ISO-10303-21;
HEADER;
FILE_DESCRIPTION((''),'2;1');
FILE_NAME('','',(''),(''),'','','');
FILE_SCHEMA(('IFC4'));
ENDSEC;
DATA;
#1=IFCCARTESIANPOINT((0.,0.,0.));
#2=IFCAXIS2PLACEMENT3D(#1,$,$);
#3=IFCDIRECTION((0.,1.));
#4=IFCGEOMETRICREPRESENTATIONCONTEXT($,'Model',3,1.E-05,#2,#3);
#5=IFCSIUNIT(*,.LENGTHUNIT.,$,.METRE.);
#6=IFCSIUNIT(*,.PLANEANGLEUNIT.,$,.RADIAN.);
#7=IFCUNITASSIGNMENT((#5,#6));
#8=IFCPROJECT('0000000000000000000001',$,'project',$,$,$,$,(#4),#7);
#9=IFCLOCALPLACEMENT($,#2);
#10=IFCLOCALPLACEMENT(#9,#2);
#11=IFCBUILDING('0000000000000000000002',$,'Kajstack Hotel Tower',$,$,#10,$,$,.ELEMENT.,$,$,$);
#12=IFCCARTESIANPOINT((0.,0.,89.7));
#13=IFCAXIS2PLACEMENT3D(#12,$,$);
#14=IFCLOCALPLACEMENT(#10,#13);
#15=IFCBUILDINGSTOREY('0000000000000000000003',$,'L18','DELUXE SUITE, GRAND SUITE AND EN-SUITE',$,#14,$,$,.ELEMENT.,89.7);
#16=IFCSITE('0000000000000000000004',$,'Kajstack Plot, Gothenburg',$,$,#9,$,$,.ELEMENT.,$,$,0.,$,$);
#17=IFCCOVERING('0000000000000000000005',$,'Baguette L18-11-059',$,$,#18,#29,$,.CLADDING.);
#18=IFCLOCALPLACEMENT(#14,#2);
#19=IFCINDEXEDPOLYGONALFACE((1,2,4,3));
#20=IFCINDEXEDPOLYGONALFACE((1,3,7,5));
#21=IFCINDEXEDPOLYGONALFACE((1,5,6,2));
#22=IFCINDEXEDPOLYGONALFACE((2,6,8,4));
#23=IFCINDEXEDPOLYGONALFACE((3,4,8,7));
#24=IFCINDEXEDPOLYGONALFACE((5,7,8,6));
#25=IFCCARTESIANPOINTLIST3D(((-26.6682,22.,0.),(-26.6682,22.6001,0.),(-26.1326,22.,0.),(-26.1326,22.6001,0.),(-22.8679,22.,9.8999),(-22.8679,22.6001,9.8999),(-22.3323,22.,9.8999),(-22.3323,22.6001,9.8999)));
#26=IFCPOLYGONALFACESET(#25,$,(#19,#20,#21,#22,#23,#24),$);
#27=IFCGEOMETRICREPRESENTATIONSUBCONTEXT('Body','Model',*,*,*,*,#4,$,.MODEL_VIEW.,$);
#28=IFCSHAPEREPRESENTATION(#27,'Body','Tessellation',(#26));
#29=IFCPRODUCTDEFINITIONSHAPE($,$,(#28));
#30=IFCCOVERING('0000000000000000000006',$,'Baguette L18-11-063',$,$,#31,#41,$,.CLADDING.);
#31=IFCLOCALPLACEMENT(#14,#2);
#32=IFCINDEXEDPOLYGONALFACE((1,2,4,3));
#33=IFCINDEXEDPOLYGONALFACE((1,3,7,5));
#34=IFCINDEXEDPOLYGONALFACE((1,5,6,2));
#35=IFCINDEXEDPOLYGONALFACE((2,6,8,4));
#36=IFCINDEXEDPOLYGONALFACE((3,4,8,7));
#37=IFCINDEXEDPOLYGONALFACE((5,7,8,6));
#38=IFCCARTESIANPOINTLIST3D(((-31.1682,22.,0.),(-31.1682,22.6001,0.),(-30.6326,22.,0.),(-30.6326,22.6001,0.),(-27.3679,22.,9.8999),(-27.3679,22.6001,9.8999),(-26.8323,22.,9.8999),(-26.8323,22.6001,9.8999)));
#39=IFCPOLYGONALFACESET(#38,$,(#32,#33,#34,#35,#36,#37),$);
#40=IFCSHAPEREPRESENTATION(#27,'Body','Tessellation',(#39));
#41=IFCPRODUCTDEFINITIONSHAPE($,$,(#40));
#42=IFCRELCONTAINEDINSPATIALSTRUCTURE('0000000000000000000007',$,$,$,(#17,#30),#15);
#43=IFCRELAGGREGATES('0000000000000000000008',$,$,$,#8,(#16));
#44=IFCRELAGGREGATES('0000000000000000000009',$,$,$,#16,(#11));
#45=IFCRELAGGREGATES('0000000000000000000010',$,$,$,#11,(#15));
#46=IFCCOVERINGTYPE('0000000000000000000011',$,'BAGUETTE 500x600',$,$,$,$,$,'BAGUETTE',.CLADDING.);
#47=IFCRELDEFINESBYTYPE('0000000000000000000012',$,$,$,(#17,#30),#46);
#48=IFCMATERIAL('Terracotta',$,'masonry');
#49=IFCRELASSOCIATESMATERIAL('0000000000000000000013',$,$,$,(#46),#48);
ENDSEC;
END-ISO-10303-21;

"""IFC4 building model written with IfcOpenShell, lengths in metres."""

from ifc_helpers import new_model, si_unit, direction, frame, origin, origin_2d, place, context, subcontext, project, spatial, polyline, rectangle, outline, extrude, material, material_profile, profile_set, type_object, element, save


model = new_model("IFC4")

# Units and contexts
model_context = context("Model", 3, precision=1e-05, world=origin(), true_north=direction((0.0, 1.0)))
body_context = subcontext(model_context, "Body", "Model", "MODEL_VIEW")
ifc_project = project(units=[si_unit("LENGTHUNIT", "METRE"), si_unit("PLANEANGLEUNIT", "RADIAN")], contexts=[model_context])

# Site, building, storey
site_placement = place(None, origin())
site = spatial("IfcSite", under=ifc_project, at=site_placement, Name="Kajstack Plot, Gothenburg", CompositionType="ELEMENT", RefElevation=0.0)
building_placement = place(site_placement, origin())
building = spatial("IfcBuilding", under=site, at=building_placement, Name="Kajstack Hotel Tower", CompositionType="ELEMENT")
storey_placement = place(building_placement, frame((0.0, 0.0, 89.7)))
storey = spatial("IfcBuildingStorey", under=building, at=storey_placement, Name="L18", Description="DELUXE SUITE, GRAND SUITE AND EN-SUITE", CompositionType="ELEMENT", Elevation=89.7)

# Coverings
ifc_material_1 = material(Name="Terracotta", Category="masonry")
ifc_material_profile = material_profile(ifc_material_1, rectangle(XDim=0.6001, YDim=0.5, at=origin_2d()), Name="Terracotta-clad concrete baguette 500 x 600")
ifc_profile_set = profile_set([ifc_material_profile], Name="Terracotta")
covering_type = type_object("IfcCoveringType", Name="BAGUETTE 500x600", ElementType="BAGUETTE", PredefinedType="CLADDING", material=ifc_profile_set)
for number, where, z_axis, x_axis, name in (
    (1, (-22.3323, 22.0, 0.0), (0.0, 1.0, 0.0), (-1.0, 0.0, 0.0), "Baguette L18-11-059"),
    (2, (-26.8323, 22.0, 0.0), (0.0, 1.0, 0.0), (-1.0, 0.0, 0.0), "Baguette L18-11-063"),
):
    element("IfcCovering", number, at=place(storey_placement, frame(where, z_axis=z_axis, x_axis=x_axis)), inside=storey, type_object=covering_type, Name=name, PredefinedType="CLADDING", context=body_context, shape_type="SweptSolid", body=[
        extrude(outline(polyline([(0.0, 9.8999), (3.8003, 0.0), (4.3359, 0.0), (0.5356, 9.8999), (0.0, 9.8999)])), origin(), (0.0, 0.0, 1.0), 0.6001),
    ])

save(model, "model.ifc")
